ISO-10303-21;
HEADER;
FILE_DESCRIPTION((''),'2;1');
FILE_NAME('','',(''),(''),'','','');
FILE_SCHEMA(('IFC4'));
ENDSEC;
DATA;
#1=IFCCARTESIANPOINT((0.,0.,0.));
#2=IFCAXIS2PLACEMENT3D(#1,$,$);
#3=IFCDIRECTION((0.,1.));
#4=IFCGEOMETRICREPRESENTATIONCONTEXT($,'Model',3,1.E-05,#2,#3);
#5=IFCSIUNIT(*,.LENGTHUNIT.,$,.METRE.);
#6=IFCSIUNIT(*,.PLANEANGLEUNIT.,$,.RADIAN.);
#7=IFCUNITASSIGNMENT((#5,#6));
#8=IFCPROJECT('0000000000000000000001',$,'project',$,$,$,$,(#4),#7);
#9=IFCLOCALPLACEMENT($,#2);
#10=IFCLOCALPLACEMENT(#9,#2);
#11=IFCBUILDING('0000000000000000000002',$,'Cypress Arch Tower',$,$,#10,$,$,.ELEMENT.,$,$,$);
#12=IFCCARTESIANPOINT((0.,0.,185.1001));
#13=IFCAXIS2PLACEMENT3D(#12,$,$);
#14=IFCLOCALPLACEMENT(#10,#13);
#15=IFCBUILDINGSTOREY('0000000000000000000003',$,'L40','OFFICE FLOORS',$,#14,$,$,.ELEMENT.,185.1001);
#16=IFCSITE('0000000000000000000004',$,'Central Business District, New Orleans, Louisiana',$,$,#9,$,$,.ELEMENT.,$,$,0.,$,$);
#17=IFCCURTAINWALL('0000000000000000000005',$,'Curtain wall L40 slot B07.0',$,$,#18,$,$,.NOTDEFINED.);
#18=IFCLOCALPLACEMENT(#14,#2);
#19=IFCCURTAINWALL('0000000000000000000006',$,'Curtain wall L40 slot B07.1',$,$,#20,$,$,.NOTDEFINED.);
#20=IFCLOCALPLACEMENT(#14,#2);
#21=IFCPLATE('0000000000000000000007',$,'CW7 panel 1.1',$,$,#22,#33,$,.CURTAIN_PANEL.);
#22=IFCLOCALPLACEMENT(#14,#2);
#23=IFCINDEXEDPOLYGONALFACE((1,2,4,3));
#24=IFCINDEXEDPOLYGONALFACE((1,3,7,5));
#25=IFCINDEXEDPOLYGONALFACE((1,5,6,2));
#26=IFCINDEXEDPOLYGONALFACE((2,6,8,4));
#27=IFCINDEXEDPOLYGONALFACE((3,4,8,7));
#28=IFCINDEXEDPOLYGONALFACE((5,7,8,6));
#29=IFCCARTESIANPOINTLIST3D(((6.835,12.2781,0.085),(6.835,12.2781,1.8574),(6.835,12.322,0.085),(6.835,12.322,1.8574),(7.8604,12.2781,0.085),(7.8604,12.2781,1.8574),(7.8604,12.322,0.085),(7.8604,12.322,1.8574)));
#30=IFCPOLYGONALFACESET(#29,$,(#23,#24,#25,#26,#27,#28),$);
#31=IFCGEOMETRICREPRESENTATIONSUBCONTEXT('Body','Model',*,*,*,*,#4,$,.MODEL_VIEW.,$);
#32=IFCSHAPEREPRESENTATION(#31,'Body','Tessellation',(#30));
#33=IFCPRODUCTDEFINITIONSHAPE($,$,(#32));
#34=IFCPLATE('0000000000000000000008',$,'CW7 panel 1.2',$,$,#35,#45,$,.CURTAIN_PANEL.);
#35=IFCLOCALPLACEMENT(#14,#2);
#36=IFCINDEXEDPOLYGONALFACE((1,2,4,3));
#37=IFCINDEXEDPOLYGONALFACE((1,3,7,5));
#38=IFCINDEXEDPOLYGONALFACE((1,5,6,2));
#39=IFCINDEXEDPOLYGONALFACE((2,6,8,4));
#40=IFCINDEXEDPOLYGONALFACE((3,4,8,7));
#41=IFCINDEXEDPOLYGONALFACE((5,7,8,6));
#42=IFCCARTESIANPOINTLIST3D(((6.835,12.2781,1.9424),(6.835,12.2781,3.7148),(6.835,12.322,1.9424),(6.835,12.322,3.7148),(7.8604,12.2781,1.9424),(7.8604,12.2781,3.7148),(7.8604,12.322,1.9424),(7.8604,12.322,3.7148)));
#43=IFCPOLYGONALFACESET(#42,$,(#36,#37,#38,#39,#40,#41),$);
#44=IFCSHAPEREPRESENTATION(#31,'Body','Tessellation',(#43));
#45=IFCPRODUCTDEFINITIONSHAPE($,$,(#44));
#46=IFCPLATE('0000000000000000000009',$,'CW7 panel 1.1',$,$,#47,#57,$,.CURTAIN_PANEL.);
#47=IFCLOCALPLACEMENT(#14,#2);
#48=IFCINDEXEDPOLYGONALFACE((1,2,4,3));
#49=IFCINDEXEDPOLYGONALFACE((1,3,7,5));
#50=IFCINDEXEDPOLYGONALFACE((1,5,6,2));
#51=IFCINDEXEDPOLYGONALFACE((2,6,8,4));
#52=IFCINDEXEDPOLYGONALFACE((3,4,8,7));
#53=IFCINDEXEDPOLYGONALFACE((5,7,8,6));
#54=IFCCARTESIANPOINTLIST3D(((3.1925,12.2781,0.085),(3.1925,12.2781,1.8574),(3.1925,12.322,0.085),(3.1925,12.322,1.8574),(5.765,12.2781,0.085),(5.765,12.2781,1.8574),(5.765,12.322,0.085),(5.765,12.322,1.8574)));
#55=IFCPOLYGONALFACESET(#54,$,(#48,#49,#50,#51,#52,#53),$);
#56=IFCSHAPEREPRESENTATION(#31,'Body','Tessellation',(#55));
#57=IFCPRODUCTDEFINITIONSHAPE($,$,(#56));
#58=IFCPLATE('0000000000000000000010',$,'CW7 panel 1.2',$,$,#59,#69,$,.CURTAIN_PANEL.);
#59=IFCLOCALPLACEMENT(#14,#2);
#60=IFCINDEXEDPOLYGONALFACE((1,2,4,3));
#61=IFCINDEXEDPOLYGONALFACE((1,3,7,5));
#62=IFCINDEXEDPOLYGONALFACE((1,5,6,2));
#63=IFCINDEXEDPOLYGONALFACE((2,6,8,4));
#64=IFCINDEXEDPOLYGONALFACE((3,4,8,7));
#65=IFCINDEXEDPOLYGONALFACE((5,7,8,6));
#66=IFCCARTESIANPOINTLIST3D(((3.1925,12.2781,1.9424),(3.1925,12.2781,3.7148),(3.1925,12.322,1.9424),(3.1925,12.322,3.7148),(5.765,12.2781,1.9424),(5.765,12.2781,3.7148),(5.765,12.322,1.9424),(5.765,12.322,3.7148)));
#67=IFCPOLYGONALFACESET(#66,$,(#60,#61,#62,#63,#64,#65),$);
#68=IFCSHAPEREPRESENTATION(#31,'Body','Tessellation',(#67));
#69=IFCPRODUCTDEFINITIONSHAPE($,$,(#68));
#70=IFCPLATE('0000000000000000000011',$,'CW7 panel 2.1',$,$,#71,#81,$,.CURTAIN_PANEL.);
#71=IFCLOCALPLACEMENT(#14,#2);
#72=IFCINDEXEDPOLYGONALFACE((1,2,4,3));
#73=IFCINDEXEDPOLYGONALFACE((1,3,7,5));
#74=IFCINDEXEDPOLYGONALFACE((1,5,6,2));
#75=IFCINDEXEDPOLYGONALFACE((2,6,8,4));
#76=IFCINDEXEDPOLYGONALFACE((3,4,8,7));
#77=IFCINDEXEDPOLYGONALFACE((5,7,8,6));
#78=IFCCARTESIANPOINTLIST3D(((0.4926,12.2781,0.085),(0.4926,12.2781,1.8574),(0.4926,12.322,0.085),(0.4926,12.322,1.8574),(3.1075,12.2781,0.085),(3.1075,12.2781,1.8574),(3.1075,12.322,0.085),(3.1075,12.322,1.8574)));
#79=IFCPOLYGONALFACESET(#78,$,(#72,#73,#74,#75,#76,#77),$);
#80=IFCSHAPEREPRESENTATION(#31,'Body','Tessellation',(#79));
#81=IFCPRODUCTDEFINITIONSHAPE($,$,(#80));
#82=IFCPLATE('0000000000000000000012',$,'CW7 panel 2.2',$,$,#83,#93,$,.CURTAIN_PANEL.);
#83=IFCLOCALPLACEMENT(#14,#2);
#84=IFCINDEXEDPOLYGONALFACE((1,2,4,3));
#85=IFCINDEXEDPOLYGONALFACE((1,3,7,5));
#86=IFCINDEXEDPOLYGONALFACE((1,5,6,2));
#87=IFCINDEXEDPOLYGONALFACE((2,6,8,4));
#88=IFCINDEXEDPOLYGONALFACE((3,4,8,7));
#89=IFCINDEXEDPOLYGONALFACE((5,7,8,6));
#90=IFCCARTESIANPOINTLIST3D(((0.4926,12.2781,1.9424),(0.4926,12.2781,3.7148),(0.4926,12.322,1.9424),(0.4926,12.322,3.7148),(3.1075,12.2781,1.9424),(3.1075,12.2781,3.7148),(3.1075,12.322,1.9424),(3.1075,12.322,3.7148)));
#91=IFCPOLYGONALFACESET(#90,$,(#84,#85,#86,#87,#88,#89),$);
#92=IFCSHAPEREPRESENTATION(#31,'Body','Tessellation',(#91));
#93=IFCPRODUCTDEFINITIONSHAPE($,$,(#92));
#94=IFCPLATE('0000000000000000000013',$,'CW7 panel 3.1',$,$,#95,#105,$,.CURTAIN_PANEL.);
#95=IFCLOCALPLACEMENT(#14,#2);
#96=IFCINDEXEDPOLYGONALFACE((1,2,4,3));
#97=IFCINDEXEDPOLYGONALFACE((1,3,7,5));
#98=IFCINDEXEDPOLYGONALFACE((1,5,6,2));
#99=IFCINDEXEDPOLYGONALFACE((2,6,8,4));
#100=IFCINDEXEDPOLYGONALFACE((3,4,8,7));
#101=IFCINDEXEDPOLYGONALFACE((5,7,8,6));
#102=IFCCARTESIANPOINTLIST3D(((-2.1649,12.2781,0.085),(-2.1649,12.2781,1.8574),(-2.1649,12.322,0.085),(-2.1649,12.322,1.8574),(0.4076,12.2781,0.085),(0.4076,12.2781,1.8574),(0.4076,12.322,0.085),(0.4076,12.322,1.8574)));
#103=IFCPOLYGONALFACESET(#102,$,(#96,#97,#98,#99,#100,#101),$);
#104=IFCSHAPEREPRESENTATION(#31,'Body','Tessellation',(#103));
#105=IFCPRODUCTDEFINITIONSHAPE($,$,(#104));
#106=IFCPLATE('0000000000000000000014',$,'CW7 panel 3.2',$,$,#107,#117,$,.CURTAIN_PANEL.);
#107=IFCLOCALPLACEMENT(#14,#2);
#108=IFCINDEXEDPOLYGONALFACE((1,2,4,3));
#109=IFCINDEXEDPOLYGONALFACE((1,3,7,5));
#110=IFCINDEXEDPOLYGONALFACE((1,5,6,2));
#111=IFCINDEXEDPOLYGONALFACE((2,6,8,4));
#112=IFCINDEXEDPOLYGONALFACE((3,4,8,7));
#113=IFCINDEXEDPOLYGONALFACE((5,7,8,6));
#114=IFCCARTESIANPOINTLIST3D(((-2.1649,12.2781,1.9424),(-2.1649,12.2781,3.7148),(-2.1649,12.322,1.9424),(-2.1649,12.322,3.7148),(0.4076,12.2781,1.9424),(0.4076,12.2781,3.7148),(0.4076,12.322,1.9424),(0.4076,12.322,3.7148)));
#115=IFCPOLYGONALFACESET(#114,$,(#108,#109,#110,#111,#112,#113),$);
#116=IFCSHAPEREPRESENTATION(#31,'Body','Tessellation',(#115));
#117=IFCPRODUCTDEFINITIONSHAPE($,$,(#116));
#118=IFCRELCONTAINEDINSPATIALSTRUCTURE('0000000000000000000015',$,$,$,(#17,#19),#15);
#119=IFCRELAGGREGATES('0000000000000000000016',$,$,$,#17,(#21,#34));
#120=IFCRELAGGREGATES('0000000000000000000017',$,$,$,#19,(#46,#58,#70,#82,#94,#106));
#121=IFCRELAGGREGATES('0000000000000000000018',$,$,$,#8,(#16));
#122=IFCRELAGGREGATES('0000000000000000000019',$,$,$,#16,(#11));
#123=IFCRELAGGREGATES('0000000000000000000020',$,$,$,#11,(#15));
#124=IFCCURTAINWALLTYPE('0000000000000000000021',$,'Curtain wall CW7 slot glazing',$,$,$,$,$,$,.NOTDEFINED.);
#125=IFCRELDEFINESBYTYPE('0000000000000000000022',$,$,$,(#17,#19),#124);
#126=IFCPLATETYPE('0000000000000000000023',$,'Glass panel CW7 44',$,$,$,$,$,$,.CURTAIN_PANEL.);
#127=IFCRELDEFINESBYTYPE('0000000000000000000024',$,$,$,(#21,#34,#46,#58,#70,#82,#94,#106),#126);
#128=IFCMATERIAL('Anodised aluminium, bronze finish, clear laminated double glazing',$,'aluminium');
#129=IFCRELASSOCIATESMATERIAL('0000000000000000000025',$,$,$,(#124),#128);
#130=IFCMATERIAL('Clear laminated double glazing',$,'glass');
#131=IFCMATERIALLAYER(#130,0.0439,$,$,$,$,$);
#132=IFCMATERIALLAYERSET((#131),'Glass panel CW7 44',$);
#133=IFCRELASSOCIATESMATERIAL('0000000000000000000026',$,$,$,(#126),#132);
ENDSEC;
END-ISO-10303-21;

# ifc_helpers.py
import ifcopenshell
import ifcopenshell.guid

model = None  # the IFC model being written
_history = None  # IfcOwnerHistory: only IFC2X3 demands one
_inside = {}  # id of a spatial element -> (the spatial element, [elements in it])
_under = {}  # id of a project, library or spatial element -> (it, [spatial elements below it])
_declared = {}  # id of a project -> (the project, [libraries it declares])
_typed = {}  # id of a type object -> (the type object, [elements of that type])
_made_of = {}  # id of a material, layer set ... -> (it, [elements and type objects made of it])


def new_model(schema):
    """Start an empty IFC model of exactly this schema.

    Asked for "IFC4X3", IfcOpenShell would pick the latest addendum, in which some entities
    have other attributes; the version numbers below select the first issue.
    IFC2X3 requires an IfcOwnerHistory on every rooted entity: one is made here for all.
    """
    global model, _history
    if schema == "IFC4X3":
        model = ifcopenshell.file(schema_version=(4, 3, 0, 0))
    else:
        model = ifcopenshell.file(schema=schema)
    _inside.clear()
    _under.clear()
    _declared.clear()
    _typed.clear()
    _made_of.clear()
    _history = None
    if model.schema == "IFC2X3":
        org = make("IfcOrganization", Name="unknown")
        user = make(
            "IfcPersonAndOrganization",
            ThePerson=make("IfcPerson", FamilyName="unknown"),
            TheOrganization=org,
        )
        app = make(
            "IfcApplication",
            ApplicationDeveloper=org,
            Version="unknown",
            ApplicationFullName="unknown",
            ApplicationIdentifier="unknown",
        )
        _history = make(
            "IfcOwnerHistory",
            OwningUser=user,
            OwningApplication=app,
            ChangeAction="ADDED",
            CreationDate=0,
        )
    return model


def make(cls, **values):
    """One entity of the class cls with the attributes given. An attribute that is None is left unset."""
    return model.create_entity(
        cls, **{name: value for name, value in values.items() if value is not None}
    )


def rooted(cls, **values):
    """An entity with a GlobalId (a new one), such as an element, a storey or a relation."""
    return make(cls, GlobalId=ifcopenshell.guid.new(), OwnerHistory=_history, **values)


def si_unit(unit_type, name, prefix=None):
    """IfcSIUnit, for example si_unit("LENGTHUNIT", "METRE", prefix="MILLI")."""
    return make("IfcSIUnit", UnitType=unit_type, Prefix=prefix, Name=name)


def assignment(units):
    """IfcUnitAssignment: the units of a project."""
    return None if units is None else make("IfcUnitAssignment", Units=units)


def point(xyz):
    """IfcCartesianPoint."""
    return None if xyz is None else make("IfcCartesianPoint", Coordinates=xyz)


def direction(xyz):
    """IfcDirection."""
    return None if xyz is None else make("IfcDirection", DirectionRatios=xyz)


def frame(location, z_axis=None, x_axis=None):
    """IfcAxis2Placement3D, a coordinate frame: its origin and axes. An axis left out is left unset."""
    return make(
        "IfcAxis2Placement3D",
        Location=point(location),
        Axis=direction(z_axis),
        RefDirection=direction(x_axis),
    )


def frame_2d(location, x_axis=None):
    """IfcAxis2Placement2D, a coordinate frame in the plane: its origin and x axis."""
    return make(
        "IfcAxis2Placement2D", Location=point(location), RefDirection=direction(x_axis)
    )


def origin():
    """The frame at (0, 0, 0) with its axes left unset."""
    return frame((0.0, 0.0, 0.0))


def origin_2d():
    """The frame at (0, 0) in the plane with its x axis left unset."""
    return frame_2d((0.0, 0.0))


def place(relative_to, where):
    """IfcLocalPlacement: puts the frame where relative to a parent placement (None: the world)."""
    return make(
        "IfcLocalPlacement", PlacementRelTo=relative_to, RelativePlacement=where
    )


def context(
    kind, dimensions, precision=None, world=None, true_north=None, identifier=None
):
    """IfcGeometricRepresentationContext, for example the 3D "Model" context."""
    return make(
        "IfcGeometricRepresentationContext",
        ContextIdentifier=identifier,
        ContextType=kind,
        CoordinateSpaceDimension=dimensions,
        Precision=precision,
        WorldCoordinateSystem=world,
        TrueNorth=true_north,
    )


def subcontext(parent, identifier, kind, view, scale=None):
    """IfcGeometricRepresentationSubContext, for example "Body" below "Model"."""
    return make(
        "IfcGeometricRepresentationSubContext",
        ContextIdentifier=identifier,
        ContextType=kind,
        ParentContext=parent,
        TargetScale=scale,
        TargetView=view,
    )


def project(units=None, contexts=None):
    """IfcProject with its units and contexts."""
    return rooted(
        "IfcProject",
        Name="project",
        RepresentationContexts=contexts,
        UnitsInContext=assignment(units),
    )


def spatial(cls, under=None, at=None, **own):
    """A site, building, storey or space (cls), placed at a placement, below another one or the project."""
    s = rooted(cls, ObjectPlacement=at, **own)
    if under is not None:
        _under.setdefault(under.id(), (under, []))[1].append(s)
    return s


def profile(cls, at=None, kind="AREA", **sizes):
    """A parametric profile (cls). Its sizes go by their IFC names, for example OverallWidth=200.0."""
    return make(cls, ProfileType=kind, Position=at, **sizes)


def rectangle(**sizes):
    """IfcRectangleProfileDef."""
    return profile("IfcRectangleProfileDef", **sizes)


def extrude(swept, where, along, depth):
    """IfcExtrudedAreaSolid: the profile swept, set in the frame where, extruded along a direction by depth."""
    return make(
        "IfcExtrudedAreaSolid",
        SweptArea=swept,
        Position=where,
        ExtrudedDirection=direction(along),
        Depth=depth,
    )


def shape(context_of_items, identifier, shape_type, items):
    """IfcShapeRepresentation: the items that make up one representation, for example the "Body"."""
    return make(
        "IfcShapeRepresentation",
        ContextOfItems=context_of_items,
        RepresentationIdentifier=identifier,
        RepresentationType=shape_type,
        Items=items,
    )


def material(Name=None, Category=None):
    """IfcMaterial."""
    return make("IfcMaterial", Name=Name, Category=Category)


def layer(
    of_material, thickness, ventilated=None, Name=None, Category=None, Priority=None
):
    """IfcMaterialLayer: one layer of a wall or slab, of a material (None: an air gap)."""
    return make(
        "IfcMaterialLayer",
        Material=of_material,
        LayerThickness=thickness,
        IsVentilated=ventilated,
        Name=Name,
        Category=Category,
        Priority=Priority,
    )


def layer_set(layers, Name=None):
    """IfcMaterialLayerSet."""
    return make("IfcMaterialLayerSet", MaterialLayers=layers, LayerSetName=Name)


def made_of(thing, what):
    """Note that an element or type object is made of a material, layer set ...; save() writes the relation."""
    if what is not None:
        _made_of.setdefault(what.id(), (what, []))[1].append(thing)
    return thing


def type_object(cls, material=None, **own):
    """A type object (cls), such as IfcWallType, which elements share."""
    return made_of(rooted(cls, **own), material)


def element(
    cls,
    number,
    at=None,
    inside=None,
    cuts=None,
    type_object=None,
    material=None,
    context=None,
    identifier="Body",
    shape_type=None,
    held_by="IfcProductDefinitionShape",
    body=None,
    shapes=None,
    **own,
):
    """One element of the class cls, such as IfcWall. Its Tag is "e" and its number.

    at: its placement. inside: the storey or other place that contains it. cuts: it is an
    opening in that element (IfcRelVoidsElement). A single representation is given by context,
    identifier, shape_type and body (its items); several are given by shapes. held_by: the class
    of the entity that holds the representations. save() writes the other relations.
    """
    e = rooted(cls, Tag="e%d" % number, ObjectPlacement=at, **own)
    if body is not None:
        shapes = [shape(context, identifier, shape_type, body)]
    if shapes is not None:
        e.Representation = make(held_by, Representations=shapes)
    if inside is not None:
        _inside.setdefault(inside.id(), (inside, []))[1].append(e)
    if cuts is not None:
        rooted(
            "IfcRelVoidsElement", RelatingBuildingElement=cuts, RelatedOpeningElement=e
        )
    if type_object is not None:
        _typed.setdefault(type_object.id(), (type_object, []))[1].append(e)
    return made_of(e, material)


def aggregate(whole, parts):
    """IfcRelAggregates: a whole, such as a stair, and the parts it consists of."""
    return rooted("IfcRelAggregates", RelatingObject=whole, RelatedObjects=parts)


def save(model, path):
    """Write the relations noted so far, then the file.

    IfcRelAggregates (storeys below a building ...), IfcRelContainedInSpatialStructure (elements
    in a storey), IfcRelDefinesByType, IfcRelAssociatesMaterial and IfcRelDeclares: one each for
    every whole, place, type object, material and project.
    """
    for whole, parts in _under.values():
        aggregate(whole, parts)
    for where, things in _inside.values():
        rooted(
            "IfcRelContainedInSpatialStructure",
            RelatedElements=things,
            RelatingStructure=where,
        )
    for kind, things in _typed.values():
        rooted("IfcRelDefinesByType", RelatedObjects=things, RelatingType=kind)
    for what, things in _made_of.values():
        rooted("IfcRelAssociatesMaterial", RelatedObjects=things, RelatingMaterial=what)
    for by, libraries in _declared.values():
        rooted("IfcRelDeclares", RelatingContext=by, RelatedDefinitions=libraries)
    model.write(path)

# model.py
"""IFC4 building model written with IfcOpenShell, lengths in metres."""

from ifc_helpers import new_model, si_unit, direction, frame, origin, origin_2d, place, context, subcontext, project, spatial, rectangle, extrude, material, layer, layer_set, type_object, element, aggregate, save


model = new_model("IFC4")

# Units and contexts
model_context = context("Model", 3, precision=1e-05, world=origin(), true_north=direction((0.0, 1.0)))
body_context = subcontext(model_context, "Body", "Model", "MODEL_VIEW")
ifc_project = project(units=[si_unit("LENGTHUNIT", "METRE"), si_unit("PLANEANGLEUNIT", "RADIAN")], contexts=[model_context])

# Site, building, storey
site_placement = place(None, origin())
site = spatial("IfcSite", under=ifc_project, at=site_placement, Name="Central Business District, New Orleans, Louisiana", CompositionType="ELEMENT", RefElevation=0.0)
building_placement = place(site_placement, origin())
building = spatial("IfcBuilding", under=site, at=building_placement, Name="Cypress Arch Tower", CompositionType="ELEMENT")
storey_placement = place(building_placement, frame((0.0, 0.0, 185.1001)))
storey = spatial("IfcBuildingStorey", under=building, at=storey_placement, Name="L40", Description="OFFICE FLOORS", CompositionType="ELEMENT", Elevation=185.1001)

# Curtain walls
ifc_material_1 = material(Name="Anodised aluminium, bronze finish, clear laminated double glazing", Category="aluminium")
curtain_wall_type = type_object("IfcCurtainWallType", Name="Curtain wall CW7 slot glazing", PredefinedType="NOTDEFINED", material=ifc_material_1)
curtain_wall_1_placement = place(storey_placement, origin())
curtain_wall_1 = element("IfcCurtainWall", 1, at=curtain_wall_1_placement, inside=storey, type_object=curtain_wall_type, Name="Curtain wall L40 slot B07.0", PredefinedType="NOTDEFINED")
curtain_wall_2_placement = place(storey_placement, origin())
curtain_wall_2 = element("IfcCurtainWall", 2, at=curtain_wall_2_placement, inside=storey, type_object=curtain_wall_type, Name="Curtain wall L40 slot B07.1", PredefinedType="NOTDEFINED")

# Plates
ifc_material_2 = material(Name="Clear laminated double glazing", Category="glass")
ifc_layer = layer(ifc_material_2, 0.0439)
ifc_layer_set = layer_set([ifc_layer], Name="Glass panel CW7 44")
plate_type = type_object("IfcPlateType", Name="Glass panel CW7 44", PredefinedType="CURTAIN_PANEL", material=ifc_layer_set)
plate_1_placement = place(storey_placement, frame((7.3477, 12.3, 0.085), z_axis=(0.0, 0.0, 1.0), x_axis=(-1.0, 0.0, 0.0)))
plate_1 = element("IfcPlate", 3, at=plate_1_placement, type_object=plate_type, Name="CW7 panel 1.1", PredefinedType="CURTAIN_PANEL", context=body_context, shape_type="SweptSolid", body=[
    extrude(rectangle(XDim=1.0254, YDim=0.0439, at=origin_2d()), origin(), (0.0, 0.0, 1.0), 1.7725),
])
plate_2_placement = place(storey_placement, frame((7.3477, 12.3, 1.9424), z_axis=(0.0, 0.0, 1.0), x_axis=(-1.0, 0.0, 0.0)))
plate_2 = element("IfcPlate", 4, at=plate_2_placement, type_object=plate_type, Name="CW7 panel 1.2", PredefinedType="CURTAIN_PANEL", context=body_context, shape_type="SweptSolid", body=[
    extrude(rectangle(XDim=1.0254, YDim=0.0439, at=origin_2d()), origin(), (0.0, 0.0, 1.0), 1.7725),
])
aggregate(curtain_wall_1, [plate_1, plate_2])
plate_3_placement = place(storey_placement, frame((4.4788, 12.3, 0.085), z_axis=(0.0, 0.0, 1.0), x_axis=(-1.0, 0.0, 0.0)))
plate_3 = element("IfcPlate", 5, at=plate_3_placement, type_object=plate_type, Name="CW7 panel 1.1", PredefinedType="CURTAIN_PANEL", context=body_context, shape_type="SweptSolid", body=[
    extrude(rectangle(XDim=2.5725, YDim=0.0439, at=origin_2d()), origin(), (0.0, 0.0, 1.0), 1.7725),
])
plate_4_placement = place(storey_placement, frame((4.4788, 12.3, 1.9424), z_axis=(0.0, 0.0, 1.0), x_axis=(-1.0, 0.0, 0.0)))
plate_4 = element("IfcPlate", 6, at=plate_4_placement, type_object=plate_type, Name="CW7 panel 1.2", PredefinedType="CURTAIN_PANEL", context=body_context, shape_type="SweptSolid", body=[
    extrude(rectangle(XDim=2.5725, YDim=0.0439, at=origin_2d()), origin(), (0.0, 0.0, 1.0), 1.7725),
])
plate_5_placement = place(storey_placement, frame((1.8, 12.3, 0.085), z_axis=(0.0, 0.0, 1.0), x_axis=(-1.0, 0.0, 0.0)))
plate_5 = element("IfcPlate", 7, at=plate_5_placement, type_object=plate_type, Name="CW7 panel 2.1", PredefinedType="CURTAIN_PANEL", context=body_context, shape_type="SweptSolid", body=[
    extrude(rectangle(XDim=2.615, YDim=0.0439, at=origin_2d()), origin(), (0.0, 0.0, 1.0), 1.7725),
])
plate_6_placement = place(storey_placement, frame((1.8, 12.3, 1.9424), z_axis=(0.0, 0.0, 1.0), x_axis=(-1.0, 0.0, 0.0)))
plate_6 = element("IfcPlate", 8, at=plate_6_placement, type_object=plate_type, Name="CW7 panel 2.2", PredefinedType="CURTAIN_PANEL", context=body_context, shape_type="SweptSolid", body=[
    extrude(rectangle(XDim=2.615, YDim=0.0439, at=origin_2d()), origin(), (0.0, 0.0, 1.0), 1.7725),
])
plate_7_placement = place(storey_placement, frame((-0.8787, 12.3, 0.085), z_axis=(0.0, 0.0, 1.0), x_axis=(-1.0, 0.0, 0.0)))
plate_7 = element("IfcPlate", 9, at=plate_7_placement, type_object=plate_type, Name="CW7 panel 3.1", PredefinedType="CURTAIN_PANEL", context=body_context, shape_type="SweptSolid", body=[
    extrude(rectangle(XDim=2.5725, YDim=0.0439, at=origin_2d()), origin(), (0.0, 0.0, 1.0), 1.7725),
])
plate_8_placement = place(storey_placement, frame((-0.8787, 12.3, 1.9424), z_axis=(0.0, 0.0, 1.0), x_axis=(-1.0, 0.0, 0.0)))
plate_8 = element("IfcPlate", 10, at=plate_8_placement, type_object=plate_type, Name="CW7 panel 3.2", PredefinedType="CURTAIN_PANEL", context=body_context, shape_type="SweptSolid", body=[
    extrude(rectangle(XDim=2.5725, YDim=0.0439, at=origin_2d()), origin(), (0.0, 0.0, 1.0), 1.7725),
])
aggregate(curtain_wall_2, [plate_3, plate_4, plate_5, plate_6, plate_7, plate_8])

save(model, "model.ifc")
